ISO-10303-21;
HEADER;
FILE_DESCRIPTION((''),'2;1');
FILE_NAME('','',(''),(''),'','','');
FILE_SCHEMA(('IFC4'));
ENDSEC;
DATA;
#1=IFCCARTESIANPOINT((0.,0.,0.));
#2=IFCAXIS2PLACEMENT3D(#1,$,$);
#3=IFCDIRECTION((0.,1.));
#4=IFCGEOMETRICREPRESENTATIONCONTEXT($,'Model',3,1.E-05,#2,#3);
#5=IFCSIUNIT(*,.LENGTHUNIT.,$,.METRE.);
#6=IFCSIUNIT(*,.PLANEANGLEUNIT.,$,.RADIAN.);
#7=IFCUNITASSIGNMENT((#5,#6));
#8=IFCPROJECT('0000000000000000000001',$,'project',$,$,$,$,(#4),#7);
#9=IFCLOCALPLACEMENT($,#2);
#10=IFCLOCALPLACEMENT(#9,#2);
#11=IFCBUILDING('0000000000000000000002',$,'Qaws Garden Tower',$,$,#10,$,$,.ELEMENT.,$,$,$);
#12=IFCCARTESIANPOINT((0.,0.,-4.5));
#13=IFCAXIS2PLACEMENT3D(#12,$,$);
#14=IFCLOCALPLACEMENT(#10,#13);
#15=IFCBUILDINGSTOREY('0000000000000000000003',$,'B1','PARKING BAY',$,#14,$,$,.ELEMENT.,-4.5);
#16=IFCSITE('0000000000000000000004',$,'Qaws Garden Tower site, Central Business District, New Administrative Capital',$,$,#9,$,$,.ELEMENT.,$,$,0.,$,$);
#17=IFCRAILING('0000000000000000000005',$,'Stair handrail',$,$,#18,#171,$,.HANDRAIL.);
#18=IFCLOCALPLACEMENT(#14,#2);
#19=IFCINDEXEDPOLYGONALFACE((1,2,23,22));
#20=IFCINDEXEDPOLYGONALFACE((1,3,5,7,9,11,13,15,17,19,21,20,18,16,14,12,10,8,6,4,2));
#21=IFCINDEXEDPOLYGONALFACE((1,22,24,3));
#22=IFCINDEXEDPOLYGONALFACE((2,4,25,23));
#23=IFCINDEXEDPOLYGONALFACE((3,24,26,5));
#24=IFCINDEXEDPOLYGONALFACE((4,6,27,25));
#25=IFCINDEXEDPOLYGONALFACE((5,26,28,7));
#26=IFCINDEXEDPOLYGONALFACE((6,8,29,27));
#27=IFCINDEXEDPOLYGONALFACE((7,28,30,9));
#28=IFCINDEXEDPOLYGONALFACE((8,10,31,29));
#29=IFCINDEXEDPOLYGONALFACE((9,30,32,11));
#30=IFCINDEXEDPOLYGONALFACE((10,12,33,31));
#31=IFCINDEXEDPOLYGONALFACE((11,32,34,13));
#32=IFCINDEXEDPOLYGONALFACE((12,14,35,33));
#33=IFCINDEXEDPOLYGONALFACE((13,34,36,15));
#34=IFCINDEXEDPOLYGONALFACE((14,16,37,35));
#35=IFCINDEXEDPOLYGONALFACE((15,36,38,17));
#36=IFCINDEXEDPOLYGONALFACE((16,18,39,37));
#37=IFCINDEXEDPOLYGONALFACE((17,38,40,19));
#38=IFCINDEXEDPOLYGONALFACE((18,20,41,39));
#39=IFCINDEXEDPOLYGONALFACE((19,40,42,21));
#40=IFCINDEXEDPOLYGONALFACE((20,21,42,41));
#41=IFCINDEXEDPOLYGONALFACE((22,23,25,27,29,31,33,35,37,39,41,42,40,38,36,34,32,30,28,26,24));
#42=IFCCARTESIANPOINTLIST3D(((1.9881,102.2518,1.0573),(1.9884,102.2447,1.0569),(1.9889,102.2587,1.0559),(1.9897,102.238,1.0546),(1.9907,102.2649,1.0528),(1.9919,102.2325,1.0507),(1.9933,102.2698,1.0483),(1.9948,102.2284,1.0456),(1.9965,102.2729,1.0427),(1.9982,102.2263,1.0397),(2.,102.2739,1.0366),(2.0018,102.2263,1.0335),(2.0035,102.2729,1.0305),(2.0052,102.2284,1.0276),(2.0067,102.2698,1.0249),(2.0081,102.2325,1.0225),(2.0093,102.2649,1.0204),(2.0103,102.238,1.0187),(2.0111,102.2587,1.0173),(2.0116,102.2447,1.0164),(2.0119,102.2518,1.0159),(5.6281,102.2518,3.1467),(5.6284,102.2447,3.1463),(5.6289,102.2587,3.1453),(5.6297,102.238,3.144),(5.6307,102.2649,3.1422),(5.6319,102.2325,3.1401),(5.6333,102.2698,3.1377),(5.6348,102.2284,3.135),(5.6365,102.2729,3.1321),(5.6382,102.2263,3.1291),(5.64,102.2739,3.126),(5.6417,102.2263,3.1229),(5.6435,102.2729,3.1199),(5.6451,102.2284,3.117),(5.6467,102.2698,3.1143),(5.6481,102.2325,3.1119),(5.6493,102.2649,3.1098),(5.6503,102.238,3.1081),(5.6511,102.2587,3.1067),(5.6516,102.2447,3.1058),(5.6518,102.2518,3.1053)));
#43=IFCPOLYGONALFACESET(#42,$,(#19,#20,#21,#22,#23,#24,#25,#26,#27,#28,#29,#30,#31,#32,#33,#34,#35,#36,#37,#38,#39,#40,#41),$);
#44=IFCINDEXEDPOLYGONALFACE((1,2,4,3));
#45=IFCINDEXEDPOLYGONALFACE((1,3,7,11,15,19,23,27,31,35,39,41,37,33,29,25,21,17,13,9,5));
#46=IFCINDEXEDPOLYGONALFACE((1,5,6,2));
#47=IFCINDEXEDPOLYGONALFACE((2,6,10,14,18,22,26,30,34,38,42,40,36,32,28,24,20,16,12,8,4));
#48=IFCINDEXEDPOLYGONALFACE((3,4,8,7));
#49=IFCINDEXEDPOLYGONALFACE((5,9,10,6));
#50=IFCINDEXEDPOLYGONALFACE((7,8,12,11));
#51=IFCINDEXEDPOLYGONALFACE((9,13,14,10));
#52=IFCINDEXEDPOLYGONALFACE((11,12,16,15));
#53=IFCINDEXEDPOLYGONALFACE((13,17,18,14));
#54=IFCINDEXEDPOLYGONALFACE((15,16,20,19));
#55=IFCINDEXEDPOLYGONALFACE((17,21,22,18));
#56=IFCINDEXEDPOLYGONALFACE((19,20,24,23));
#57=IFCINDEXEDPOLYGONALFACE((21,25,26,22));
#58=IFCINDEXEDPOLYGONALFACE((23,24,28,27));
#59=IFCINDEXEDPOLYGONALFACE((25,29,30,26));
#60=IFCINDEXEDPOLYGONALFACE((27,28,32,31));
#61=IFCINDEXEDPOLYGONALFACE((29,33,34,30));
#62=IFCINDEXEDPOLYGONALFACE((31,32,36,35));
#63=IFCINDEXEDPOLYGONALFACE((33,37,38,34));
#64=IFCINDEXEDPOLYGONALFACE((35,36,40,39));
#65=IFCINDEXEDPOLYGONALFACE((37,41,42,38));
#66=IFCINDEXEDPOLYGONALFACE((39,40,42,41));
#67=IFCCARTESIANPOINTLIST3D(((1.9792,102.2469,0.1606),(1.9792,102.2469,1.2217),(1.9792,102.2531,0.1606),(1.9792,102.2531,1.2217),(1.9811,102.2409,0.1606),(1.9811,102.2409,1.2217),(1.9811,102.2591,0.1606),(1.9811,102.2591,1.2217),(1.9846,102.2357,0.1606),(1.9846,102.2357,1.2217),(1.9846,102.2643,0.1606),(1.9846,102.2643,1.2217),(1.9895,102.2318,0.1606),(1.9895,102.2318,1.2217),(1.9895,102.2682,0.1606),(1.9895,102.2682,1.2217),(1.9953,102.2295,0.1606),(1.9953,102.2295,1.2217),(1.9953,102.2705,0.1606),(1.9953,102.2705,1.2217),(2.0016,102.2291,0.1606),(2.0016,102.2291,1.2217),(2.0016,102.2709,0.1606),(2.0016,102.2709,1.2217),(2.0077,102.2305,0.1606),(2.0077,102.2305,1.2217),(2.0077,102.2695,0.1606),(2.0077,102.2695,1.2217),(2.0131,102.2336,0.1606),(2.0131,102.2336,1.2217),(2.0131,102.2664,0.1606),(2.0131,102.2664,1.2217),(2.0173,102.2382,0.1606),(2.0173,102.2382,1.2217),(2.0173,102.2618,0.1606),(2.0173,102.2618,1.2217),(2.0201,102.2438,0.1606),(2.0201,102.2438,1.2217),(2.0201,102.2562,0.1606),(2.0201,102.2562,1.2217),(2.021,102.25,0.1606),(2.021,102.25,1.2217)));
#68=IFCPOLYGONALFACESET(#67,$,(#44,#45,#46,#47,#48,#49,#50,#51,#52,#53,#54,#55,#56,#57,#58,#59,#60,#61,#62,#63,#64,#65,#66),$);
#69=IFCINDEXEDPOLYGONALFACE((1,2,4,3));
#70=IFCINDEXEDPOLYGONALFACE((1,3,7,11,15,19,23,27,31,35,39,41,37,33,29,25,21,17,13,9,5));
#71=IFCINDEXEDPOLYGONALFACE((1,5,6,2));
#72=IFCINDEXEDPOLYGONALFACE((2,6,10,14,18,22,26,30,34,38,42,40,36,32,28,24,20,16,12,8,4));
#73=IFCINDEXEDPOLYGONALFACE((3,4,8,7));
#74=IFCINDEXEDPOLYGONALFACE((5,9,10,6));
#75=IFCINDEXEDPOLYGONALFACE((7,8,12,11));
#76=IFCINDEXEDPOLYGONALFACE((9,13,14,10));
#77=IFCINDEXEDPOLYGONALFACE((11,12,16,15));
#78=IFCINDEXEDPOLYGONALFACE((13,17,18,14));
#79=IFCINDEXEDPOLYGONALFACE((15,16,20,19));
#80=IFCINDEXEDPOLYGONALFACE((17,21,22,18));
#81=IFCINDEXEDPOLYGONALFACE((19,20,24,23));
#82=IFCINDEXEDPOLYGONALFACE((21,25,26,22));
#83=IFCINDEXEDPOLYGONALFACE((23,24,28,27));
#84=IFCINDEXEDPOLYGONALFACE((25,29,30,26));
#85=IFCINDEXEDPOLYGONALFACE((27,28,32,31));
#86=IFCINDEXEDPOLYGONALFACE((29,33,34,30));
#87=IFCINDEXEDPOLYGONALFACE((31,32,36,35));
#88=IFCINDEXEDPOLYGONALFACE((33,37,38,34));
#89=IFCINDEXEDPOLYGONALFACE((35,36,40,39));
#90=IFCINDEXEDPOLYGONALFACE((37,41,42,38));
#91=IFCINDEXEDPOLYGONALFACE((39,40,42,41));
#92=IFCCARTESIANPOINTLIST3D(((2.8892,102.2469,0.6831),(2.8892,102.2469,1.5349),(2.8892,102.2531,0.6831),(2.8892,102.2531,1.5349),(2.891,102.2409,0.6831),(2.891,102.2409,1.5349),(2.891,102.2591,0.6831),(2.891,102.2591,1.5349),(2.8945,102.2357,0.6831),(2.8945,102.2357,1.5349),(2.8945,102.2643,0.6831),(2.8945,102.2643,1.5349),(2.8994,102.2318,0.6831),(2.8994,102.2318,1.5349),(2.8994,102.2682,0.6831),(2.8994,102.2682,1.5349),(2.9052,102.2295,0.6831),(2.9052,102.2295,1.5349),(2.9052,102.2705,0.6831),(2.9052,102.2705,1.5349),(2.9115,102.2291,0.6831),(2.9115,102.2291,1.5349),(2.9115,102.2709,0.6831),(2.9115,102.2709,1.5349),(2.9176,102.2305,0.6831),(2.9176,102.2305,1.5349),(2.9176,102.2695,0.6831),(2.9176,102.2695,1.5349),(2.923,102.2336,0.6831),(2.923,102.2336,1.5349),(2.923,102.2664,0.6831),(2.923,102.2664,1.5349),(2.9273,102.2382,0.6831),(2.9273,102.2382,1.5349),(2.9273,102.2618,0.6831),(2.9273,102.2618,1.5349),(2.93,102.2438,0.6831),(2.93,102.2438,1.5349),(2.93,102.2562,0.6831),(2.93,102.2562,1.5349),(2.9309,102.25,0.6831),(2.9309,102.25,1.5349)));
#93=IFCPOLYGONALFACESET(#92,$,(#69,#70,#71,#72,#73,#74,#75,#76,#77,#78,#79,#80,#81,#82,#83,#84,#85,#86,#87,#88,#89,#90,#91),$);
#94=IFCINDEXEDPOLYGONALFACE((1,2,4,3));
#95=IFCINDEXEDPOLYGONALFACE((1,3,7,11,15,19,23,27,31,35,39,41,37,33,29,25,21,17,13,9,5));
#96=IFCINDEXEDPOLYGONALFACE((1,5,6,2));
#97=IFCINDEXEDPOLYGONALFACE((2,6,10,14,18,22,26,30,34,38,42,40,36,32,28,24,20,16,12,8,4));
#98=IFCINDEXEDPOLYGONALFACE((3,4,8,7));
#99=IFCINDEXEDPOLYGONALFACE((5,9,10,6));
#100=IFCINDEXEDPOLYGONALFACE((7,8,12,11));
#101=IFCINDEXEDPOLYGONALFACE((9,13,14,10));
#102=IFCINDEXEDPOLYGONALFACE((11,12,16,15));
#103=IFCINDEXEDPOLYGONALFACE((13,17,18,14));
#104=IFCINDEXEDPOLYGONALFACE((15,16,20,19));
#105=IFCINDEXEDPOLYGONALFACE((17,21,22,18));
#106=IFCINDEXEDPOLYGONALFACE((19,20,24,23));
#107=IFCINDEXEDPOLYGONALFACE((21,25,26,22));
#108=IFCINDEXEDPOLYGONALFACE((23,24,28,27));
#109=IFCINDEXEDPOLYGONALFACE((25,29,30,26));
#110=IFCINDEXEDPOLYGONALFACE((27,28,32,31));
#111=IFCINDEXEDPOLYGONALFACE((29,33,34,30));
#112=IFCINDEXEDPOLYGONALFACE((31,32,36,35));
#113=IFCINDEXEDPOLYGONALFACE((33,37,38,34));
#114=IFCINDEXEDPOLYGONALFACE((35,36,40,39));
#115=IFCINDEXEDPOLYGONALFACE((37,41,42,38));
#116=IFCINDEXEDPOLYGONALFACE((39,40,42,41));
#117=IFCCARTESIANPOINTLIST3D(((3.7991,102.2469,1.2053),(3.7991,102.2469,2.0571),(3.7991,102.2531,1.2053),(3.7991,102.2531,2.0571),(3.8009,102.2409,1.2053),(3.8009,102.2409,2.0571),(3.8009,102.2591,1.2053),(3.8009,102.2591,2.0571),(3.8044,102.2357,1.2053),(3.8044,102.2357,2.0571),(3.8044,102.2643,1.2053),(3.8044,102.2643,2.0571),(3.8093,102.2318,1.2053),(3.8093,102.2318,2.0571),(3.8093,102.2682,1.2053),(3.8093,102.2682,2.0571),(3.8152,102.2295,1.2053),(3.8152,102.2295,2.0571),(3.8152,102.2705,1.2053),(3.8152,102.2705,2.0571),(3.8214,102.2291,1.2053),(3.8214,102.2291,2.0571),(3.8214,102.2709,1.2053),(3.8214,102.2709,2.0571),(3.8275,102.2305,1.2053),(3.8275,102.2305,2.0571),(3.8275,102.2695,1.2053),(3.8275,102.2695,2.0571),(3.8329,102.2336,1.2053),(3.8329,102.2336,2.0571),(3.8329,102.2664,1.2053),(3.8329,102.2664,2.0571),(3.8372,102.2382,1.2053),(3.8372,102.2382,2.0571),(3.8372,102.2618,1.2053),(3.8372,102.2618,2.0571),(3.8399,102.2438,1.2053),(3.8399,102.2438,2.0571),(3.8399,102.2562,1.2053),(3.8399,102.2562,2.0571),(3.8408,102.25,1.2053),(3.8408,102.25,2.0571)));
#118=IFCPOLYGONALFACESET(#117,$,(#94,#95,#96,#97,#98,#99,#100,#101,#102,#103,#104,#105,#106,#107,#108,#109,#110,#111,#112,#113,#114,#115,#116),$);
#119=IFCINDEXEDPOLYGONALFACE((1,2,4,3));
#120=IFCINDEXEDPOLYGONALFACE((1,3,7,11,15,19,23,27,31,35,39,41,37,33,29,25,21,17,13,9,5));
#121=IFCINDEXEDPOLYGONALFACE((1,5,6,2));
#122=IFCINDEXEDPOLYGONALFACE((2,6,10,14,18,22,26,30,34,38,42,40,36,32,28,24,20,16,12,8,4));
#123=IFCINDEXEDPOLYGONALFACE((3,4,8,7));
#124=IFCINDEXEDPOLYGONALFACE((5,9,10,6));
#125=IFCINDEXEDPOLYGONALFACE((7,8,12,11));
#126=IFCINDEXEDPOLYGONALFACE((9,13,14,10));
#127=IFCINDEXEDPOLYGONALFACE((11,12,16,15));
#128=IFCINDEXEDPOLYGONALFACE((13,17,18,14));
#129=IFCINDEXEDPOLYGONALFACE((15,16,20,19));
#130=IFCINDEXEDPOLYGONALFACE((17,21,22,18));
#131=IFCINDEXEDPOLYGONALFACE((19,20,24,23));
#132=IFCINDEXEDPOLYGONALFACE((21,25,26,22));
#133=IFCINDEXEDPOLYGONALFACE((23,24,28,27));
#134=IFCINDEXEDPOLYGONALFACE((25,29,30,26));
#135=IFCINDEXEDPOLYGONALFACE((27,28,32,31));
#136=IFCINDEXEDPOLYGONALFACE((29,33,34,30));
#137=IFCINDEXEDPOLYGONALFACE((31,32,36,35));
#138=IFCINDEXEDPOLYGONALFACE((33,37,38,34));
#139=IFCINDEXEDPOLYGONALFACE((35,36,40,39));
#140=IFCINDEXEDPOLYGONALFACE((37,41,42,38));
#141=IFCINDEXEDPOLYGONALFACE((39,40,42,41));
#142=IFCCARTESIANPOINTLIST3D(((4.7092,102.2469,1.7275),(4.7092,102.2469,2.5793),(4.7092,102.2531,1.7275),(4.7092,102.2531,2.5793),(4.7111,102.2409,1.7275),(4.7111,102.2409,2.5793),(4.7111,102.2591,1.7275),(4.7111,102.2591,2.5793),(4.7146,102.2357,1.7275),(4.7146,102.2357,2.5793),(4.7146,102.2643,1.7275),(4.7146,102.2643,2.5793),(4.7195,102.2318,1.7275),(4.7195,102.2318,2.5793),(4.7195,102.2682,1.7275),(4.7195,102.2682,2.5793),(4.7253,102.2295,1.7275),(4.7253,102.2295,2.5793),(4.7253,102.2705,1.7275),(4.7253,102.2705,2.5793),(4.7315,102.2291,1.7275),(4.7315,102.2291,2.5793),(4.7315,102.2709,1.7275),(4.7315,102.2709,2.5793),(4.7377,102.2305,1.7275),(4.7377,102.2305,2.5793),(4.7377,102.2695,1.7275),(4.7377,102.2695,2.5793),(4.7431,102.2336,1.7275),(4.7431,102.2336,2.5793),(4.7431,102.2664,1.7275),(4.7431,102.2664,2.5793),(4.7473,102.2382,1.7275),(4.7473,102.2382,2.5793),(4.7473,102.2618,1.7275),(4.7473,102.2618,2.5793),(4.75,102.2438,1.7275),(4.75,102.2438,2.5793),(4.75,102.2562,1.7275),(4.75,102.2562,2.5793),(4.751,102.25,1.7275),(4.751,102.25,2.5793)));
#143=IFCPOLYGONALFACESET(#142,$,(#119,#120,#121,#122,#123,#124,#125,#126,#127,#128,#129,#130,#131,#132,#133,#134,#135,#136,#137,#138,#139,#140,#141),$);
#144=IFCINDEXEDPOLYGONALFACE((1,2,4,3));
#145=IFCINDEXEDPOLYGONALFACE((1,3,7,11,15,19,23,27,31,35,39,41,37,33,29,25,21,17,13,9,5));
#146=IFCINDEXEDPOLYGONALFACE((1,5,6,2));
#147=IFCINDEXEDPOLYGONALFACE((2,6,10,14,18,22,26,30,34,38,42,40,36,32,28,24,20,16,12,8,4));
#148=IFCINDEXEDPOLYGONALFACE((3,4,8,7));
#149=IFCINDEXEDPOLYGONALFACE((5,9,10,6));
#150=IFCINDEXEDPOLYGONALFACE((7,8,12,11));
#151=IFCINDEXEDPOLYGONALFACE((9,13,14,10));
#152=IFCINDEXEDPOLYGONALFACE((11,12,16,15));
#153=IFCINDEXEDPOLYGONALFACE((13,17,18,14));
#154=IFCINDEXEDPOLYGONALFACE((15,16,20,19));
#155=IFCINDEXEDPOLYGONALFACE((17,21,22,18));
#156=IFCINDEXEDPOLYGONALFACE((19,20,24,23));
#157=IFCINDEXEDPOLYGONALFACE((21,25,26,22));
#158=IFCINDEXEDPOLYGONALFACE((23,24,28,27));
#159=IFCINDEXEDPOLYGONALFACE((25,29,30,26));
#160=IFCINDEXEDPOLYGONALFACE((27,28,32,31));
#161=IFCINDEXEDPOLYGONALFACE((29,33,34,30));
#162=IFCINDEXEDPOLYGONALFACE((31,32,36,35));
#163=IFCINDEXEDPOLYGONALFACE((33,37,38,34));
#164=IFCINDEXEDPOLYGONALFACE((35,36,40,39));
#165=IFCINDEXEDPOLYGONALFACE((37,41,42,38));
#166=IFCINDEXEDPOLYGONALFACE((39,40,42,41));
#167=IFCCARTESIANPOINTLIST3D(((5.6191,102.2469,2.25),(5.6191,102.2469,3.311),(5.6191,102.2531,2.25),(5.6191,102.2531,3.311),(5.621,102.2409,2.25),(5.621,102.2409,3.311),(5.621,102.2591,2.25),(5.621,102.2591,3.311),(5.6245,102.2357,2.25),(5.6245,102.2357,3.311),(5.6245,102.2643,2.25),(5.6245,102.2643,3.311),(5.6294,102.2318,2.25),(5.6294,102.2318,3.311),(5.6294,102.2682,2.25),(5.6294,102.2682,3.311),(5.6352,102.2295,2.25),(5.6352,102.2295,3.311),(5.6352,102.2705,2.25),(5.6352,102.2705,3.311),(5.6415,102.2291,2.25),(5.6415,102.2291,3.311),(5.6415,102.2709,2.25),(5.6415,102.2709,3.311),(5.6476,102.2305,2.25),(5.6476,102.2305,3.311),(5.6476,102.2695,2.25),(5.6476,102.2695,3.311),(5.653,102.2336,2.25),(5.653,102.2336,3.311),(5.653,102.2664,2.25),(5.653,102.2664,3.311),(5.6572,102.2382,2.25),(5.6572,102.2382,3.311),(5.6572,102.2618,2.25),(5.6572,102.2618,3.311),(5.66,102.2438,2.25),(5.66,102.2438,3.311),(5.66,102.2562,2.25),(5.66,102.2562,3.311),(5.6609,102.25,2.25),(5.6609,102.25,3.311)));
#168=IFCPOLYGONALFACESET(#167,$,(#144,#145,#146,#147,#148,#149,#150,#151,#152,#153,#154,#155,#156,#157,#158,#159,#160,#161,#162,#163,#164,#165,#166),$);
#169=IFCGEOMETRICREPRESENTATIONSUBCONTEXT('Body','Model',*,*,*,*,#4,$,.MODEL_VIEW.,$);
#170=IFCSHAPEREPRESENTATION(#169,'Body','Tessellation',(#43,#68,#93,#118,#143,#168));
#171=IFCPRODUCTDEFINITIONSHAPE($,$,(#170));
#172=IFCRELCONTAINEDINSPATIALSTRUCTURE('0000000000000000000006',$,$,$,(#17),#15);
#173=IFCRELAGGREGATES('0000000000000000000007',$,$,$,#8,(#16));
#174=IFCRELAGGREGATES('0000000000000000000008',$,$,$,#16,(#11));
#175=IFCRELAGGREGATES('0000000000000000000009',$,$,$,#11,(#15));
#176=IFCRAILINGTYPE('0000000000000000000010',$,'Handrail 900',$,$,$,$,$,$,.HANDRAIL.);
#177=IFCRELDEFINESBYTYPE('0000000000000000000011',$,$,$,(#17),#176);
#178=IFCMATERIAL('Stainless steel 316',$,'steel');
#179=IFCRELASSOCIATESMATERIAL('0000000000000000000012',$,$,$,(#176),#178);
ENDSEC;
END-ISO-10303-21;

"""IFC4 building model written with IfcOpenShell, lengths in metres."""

from ifc_helpers import new_model, si_unit, direction, frame, origin, origin_2d, place, context, subcontext, project, spatial, circle, extrude, material, type_object, element, save


model = new_model("IFC4")

# Units and contexts
model_context = context("Model", 3, precision=1e-05, world=origin(), true_north=direction((0.0, 1.0)))
body_context = subcontext(model_context, "Body", "Model", "MODEL_VIEW")
ifc_project = project(units=[si_unit("LENGTHUNIT", "METRE"), si_unit("PLANEANGLEUNIT", "RADIAN")], contexts=[model_context])

# Site, building, storey
site_placement = place(None, origin())
site = spatial("IfcSite", under=ifc_project, at=site_placement, Name="Qaws Garden Tower site, Central Business District, New Administrative Capital", CompositionType="ELEMENT", RefElevation=0.0)
building_placement = place(site_placement, origin())
building = spatial("IfcBuilding", under=site, at=building_placement, Name="Qaws Garden Tower", CompositionType="ELEMENT")
storey_placement = place(building_placement, frame((0.0, 0.0, -4.5)))
storey = spatial("IfcBuildingStorey", under=building, at=storey_placement, Name="B1", Description="PARKING BAY", CompositionType="ELEMENT", Elevation=-4.5)

# Railing
ifc_material_1 = material(Name="Stainless steel 316", Category="steel")
railing_type_1 = type_object("IfcRailingType", Name="Handrail 900", PredefinedType="HANDRAIL", material=ifc_material_1)
for number, where, name in (
    (1, (2.0, 102.25, 0.1606), "Stair handrail"),
):
    element("IfcRailing", number, at=place(storey_placement, frame(where)), inside=storey, type_object=railing_type_1, Name=name, PredefinedType="HANDRAIL", context=body_context, shape_type="SweptSolid", body=[
        extrude(circle(Radius=0.0239, at=origin_2d()), frame((0.0, 0.0, 0.876), z_axis=(0.867275, 0.0, 0.497829), x_axis=(0.0, 1.0, 0.0)), (0.0, 0.0, 1.0), 4.197),
        extrude(circle(Radius=0.021, at=origin_2d()), origin(), (0.0, 0.0, 1.0), 1.061),
        extrude(circle(Radius=0.021, at=origin_2d()), frame((0.9099, 0.0, 0.5225)), (0.0, 0.0, 1.0), 0.8518),
        extrude(circle(Radius=0.021, at=origin_2d()), frame((1.8198, 0.0, 1.0447)), (0.0, 0.0, 1.0), 0.8518),
        extrude(circle(Radius=0.021, at=origin_2d()), frame((2.73, 0.0, 1.5669)), (0.0, 0.0, 1.0), 0.8518),
        extrude(circle(Radius=0.021, at=origin_2d()), frame((3.6399, 0.0, 2.0894)), (0.0, 0.0, 1.0), 1.061),
    ])

save(model, "model.ifc")
